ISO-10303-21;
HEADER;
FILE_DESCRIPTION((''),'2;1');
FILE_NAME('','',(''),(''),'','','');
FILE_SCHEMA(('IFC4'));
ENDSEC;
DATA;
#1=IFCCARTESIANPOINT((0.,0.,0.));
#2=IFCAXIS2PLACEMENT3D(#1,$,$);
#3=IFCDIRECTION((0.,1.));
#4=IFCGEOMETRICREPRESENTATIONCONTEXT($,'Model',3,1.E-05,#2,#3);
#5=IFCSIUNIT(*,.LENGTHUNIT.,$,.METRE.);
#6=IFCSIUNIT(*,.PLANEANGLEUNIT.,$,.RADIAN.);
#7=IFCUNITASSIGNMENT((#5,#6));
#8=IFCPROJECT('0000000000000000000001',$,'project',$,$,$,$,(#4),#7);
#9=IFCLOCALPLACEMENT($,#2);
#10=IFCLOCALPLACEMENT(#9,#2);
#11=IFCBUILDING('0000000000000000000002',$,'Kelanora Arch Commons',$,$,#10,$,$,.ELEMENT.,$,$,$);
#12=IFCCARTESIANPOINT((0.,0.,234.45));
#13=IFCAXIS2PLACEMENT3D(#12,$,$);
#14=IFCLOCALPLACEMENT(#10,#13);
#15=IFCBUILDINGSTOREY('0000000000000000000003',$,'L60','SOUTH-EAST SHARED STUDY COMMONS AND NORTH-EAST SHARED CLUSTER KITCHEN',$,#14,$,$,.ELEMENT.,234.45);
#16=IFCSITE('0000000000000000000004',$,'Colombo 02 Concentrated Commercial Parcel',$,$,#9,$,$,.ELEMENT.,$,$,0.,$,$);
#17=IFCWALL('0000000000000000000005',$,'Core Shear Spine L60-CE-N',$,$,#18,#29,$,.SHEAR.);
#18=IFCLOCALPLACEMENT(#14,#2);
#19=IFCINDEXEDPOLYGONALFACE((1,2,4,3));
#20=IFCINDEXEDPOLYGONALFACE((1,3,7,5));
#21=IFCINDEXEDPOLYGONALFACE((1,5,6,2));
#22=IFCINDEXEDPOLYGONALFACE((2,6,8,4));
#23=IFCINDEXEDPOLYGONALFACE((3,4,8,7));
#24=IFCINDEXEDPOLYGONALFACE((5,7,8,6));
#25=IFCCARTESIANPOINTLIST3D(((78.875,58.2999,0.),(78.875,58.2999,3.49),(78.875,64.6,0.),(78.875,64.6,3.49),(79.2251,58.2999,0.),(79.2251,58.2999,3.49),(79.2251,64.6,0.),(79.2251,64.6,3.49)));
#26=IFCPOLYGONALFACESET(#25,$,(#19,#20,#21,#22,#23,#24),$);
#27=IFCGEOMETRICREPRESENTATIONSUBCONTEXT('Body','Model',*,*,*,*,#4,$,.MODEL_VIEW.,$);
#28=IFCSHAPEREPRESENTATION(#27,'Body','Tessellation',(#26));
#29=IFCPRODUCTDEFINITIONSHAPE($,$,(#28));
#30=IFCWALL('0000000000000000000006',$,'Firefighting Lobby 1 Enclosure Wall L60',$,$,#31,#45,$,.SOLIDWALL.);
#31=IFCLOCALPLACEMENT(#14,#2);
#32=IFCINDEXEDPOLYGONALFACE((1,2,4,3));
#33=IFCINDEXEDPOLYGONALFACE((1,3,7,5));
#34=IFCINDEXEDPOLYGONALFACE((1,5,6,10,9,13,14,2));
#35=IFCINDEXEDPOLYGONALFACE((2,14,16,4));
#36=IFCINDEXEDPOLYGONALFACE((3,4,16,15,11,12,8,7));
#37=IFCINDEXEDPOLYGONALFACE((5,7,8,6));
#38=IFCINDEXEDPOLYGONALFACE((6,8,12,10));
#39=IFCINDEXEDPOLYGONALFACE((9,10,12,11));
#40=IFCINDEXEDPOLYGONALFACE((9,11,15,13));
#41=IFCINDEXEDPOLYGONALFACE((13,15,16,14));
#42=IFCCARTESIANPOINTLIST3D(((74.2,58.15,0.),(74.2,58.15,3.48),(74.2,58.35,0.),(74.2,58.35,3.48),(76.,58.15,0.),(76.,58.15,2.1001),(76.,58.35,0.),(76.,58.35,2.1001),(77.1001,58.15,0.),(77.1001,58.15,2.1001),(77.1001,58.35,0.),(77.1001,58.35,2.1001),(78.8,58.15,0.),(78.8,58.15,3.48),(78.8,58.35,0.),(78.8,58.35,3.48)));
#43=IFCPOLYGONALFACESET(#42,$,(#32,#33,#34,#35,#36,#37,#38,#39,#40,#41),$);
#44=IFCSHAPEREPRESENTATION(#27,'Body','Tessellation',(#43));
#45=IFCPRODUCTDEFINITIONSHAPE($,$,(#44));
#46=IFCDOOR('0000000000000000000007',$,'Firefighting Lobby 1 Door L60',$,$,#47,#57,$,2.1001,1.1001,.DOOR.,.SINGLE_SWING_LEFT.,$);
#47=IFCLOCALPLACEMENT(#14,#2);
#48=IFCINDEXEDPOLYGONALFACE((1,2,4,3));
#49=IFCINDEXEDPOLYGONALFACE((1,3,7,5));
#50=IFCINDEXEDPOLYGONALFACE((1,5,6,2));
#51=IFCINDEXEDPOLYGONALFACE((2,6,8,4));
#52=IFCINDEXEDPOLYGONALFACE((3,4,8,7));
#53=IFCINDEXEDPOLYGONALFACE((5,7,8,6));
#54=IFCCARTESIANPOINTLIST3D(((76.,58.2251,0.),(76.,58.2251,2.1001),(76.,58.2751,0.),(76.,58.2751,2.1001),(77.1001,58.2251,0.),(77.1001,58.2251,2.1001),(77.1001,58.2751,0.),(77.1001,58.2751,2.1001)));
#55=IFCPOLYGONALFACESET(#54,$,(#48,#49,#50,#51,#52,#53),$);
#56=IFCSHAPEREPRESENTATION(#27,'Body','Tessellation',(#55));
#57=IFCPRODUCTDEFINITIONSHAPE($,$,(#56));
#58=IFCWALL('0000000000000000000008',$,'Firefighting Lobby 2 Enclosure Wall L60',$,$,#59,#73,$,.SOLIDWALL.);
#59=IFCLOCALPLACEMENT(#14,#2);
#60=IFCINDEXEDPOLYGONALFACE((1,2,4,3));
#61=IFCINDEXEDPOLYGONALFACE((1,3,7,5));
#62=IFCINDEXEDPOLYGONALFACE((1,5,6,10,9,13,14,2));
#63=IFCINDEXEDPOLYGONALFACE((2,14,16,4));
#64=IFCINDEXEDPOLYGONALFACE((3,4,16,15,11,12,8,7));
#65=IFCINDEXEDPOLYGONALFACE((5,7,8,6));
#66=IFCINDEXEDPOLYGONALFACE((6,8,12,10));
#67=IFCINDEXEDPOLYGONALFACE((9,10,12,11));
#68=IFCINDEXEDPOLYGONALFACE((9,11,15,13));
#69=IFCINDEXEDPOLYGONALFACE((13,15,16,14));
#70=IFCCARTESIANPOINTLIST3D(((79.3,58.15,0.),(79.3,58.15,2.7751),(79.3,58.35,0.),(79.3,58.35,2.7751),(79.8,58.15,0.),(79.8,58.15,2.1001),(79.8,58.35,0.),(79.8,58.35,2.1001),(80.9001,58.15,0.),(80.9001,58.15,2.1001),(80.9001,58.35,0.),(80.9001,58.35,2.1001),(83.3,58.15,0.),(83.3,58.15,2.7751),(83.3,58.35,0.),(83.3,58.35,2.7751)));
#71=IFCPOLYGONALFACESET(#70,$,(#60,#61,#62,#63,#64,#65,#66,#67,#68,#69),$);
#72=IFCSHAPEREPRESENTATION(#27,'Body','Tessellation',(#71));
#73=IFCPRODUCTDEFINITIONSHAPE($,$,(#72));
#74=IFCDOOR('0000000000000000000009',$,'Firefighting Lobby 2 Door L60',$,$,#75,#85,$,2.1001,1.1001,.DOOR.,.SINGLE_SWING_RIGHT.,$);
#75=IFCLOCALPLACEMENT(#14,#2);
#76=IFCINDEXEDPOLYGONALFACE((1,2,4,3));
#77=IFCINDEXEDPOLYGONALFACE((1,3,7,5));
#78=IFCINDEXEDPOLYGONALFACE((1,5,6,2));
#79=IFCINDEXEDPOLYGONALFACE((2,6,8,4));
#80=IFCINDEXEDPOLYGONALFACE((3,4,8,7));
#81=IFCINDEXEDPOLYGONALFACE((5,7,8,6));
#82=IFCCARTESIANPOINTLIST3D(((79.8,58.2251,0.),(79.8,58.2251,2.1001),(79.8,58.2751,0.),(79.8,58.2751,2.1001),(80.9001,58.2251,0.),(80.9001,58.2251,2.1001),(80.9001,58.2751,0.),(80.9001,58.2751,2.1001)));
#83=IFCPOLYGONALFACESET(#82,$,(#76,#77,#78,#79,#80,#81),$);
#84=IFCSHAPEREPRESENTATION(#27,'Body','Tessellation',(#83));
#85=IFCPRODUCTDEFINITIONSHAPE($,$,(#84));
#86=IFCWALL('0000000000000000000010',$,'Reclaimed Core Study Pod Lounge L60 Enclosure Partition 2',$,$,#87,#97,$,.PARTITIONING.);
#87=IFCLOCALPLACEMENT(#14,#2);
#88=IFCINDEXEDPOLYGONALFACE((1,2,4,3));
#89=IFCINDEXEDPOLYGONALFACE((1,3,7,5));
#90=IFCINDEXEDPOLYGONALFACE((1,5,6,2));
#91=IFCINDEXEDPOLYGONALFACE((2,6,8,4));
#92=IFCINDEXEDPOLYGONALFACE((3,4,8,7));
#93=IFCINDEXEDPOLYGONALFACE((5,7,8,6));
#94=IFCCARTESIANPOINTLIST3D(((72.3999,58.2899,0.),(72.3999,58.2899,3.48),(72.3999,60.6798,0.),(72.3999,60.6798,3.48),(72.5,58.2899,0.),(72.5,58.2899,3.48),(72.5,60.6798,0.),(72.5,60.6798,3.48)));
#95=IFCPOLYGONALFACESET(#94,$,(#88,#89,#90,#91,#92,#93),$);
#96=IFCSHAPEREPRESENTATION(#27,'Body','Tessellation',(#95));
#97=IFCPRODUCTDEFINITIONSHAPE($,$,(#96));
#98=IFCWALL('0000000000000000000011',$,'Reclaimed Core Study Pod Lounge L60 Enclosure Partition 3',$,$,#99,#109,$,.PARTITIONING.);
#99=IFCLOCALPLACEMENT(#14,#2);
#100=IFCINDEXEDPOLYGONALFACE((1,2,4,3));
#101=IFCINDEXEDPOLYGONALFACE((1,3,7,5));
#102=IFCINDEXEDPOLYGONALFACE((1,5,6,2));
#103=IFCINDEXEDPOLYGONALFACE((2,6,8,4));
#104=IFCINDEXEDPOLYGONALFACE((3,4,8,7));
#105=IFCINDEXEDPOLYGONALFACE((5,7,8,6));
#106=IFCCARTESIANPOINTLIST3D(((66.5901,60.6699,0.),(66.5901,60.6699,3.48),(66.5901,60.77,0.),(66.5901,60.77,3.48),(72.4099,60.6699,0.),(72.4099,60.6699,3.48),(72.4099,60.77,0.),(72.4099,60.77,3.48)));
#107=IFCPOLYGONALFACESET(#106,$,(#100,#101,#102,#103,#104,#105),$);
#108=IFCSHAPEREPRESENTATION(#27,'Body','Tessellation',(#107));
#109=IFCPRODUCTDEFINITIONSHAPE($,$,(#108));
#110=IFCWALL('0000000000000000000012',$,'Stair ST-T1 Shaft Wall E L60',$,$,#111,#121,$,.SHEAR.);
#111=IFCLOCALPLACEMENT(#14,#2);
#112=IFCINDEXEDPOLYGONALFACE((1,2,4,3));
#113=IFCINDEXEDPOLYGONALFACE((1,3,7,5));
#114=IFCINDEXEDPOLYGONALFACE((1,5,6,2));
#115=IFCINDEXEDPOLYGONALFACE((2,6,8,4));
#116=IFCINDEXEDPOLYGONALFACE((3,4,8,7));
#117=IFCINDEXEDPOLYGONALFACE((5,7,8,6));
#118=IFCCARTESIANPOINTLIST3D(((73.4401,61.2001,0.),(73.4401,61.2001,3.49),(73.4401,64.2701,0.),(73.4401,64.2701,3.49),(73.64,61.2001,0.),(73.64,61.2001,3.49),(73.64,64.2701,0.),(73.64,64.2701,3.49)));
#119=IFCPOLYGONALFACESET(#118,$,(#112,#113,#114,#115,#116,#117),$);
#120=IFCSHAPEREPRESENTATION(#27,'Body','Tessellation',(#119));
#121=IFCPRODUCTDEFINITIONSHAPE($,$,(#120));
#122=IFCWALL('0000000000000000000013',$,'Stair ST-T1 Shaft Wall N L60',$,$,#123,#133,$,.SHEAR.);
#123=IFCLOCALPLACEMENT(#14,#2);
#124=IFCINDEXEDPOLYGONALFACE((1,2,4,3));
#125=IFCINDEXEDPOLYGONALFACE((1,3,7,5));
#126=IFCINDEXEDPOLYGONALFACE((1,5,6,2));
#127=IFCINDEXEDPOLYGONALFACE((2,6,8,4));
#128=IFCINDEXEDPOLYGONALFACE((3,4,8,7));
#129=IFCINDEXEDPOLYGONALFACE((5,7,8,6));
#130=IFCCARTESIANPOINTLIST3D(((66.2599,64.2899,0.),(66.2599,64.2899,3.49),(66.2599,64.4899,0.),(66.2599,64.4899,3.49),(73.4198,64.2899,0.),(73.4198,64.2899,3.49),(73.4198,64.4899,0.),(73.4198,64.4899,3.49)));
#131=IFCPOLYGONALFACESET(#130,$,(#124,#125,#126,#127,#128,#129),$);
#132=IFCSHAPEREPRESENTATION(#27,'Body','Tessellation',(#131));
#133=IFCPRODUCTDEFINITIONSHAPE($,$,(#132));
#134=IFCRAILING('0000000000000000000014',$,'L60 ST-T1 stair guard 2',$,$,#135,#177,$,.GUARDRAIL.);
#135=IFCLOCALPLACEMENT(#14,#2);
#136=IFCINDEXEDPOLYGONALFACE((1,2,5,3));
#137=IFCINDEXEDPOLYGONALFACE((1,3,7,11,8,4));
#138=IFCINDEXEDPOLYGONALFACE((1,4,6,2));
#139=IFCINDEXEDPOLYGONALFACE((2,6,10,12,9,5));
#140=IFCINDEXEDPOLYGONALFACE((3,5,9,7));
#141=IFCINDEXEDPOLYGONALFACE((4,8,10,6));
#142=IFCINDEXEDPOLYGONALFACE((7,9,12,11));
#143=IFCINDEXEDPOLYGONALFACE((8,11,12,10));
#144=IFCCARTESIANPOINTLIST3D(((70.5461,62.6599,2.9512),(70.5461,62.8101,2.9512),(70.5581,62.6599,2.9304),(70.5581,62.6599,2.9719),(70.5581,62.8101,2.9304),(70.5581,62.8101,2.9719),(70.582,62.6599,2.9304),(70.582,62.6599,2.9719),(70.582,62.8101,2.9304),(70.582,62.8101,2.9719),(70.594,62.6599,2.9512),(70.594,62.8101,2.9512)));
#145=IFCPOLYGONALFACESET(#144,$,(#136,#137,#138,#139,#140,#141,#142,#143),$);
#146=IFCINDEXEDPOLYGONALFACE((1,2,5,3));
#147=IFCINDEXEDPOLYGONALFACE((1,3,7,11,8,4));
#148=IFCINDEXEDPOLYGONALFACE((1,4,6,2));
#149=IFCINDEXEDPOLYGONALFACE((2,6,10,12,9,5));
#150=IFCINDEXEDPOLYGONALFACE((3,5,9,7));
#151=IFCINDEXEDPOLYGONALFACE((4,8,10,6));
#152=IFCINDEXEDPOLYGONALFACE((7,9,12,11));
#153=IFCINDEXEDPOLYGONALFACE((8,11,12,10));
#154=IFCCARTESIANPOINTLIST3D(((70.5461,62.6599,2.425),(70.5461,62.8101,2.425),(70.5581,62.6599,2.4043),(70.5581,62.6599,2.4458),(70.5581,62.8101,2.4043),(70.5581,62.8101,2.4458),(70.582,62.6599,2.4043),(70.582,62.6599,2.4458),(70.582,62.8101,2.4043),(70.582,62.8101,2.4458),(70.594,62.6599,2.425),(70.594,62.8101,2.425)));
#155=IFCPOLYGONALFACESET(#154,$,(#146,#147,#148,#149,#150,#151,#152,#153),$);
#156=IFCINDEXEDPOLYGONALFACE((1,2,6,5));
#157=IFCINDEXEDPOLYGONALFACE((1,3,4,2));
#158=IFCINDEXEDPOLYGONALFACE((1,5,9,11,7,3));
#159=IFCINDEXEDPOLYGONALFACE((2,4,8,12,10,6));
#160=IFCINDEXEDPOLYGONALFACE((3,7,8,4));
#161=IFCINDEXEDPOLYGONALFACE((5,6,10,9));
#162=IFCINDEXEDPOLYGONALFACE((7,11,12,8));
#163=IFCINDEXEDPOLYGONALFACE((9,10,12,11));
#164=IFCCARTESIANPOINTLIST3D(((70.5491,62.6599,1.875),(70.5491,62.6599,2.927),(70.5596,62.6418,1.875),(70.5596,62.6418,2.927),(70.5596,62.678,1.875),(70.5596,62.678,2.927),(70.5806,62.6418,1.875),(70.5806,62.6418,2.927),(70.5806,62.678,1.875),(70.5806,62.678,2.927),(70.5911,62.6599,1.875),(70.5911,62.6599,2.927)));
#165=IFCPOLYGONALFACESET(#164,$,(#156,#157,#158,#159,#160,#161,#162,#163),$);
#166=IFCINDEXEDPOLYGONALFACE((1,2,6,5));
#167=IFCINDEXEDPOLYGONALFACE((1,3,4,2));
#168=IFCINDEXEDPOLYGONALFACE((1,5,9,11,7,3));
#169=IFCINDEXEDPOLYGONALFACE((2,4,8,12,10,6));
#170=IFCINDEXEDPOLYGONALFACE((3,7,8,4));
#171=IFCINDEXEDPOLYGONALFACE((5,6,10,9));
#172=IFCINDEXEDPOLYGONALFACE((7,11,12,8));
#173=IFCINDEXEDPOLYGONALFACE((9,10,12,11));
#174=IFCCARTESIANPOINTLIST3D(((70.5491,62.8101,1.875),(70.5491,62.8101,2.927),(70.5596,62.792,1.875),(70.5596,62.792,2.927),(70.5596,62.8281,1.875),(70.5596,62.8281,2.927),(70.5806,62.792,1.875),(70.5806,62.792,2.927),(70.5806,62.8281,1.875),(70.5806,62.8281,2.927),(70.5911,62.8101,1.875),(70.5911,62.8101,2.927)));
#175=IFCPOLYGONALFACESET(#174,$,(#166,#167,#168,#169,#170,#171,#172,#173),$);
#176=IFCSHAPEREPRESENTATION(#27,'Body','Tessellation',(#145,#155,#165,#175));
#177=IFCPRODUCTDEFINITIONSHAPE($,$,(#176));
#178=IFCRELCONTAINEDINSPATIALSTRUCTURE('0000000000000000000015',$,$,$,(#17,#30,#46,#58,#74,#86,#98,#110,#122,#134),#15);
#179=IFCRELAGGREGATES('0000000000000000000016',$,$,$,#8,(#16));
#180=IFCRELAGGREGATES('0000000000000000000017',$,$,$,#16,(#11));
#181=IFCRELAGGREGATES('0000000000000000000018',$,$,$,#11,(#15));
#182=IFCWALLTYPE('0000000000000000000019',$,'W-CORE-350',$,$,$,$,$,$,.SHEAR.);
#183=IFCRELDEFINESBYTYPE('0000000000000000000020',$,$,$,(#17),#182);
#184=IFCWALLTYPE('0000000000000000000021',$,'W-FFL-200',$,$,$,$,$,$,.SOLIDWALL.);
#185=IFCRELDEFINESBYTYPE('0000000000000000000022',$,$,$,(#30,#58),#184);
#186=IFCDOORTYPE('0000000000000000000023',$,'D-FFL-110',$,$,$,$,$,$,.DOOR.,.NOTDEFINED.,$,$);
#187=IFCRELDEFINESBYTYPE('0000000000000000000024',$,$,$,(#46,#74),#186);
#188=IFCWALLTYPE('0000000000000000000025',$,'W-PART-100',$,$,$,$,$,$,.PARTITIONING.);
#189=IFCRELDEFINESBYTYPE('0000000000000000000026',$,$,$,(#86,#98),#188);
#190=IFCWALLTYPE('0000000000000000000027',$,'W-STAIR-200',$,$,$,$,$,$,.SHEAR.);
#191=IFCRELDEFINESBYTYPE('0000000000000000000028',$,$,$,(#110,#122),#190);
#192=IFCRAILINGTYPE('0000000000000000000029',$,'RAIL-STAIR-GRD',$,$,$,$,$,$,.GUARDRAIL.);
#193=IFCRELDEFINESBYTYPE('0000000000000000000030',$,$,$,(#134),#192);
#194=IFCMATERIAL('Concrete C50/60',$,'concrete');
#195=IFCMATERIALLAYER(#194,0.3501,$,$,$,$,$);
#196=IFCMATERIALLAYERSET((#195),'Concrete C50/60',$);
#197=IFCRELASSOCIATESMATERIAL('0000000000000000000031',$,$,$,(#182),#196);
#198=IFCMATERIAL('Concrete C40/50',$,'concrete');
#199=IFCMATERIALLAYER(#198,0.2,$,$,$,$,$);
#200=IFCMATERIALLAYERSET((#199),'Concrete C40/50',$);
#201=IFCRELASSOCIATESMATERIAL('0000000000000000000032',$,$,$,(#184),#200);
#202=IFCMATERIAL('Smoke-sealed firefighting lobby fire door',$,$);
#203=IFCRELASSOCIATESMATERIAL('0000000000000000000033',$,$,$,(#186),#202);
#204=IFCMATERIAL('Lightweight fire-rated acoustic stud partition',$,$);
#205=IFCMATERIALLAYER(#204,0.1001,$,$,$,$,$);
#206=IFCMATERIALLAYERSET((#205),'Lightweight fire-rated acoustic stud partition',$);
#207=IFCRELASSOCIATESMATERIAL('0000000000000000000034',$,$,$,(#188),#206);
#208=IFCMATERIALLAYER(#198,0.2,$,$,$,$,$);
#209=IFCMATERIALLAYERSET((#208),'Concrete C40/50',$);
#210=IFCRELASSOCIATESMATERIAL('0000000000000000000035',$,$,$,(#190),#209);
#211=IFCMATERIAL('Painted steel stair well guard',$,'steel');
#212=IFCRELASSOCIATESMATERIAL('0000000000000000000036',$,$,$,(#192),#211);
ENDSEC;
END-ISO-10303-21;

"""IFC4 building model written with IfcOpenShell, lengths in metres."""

from ifc_helpers import new_model, si_unit, direction, frame, frame_2d, origin, place, context, subcontext, project, spatial, polyline, rectangle, outline, extrude, material, layer, layer_set, type_object, element, fill, save


model = new_model("IFC4")

# Units and contexts
model_context = context("Model", 3, precision=1e-05, world=origin(), true_north=direction((0.0, 1.0)))
body_context = subcontext(model_context, "Body", "Model", "MODEL_VIEW")
ifc_project = project(units=[si_unit("LENGTHUNIT", "METRE"), si_unit("PLANEANGLEUNIT", "RADIAN")], contexts=[model_context])

# Site, building, storey
site_placement = place(None, origin())
site = spatial("IfcSite", under=ifc_project, at=site_placement, Name="Colombo 02 Concentrated Commercial Parcel", CompositionType="ELEMENT", RefElevation=0.0)
building_placement = place(site_placement, origin())
building = spatial("IfcBuilding", under=site, at=building_placement, Name="Kelanora Arch Commons", CompositionType="ELEMENT")
storey_placement = place(building_placement, frame((0.0, 0.0, 234.45)))
storey = spatial("IfcBuildingStorey", under=building, at=storey_placement, Name="L60", Description="SOUTH-EAST SHARED STUDY COMMONS AND NORTH-EAST SHARED CLUSTER KITCHEN", CompositionType="ELEMENT", Elevation=234.45)

# Shared definitions
ifc_material_1 = material(Name="Concrete C50/60", Category="concrete")

# Wall
ifc_layer_1 = layer(ifc_material_1, 0.3501)
ifc_layer_set_1 = layer_set([ifc_layer_1], Name="Concrete C50/60")
wall_type_1 = type_object("IfcWallType", Name="W-CORE-350", PredefinedType="SHEAR", material=ifc_layer_set_1)
wall_1_placement = place(storey_placement, frame((79.05, 58.3, 0.0), z_axis=(0.0, 0.0, 1.0), x_axis=(0.0, 1.0, 0.0)))
element("IfcWall", 1, at=wall_1_placement, inside=storey, type_object=wall_type_1, Name="Core Shear Spine L60-CE-N", PredefinedType="SHEAR", context=body_context, shape_type="SweptSolid", body=[
    extrude(rectangle(XDim=6.3, YDim=0.3501, at=frame_2d((3.1499, 0.0))), origin(), (0.0, 0.0, 1.0), 3.49),
])

# Walls, openings, doors
ifc_material_2 = material(Name="Concrete C40/50", Category="concrete")
ifc_layer_2 = layer(ifc_material_2, 0.2)
ifc_layer_set_2 = layer_set([ifc_layer_2], Name="Concrete C40/50")
wall_type_2 = type_object("IfcWallType", Name="W-FFL-200", PredefinedType="SOLIDWALL", material=ifc_layer_set_2)
wall_2_placement = place(storey_placement, frame((74.2, 58.25, 0.0), z_axis=(0.0, 0.0, 1.0), x_axis=(1.0, 0.0, 0.0)))
wall_2 = element("IfcWall", 2, at=wall_2_placement, inside=storey, type_object=wall_type_2, Name="Firefighting Lobby 1 Enclosure Wall L60", PredefinedType="SOLIDWALL", context=body_context, shape_type="SweptSolid", body=[
    extrude(rectangle(XDim=4.6001, YDim=0.2, at=frame_2d((2.3, 0.0))), origin(), (0.0, 0.0, 1.0), 3.48),
])
opening_1_placement = place(wall_2_placement, frame((1.8, 0.0, 0.0)))
opening_1 = element("IfcOpeningElement", 3, at=opening_1_placement, cuts=wall_2, PredefinedType="OPENING", context=body_context, shape_type="SweptSolid", body=[
    extrude(rectangle(XDim=1.1001, YDim=2.1001, at=frame_2d((0.55, 1.05))), frame((0.0, 0.1099, 0.0), z_axis=(0.0, -1.0, 0.0), x_axis=(1.0, 0.0, 0.0)), (0.0, 0.0, 1.0), 0.22),
])
ifc_material_3 = material(Name="Smoke-sealed firefighting lobby fire door")
door_type_1 = type_object("IfcDoorType", Name="D-FFL-110", OperationType="NOTDEFINED", PredefinedType="DOOR", material=ifc_material_3)
door_1_placement = place(opening_1_placement, frame((1.1001, 0.0, 0.0), z_axis=(0.0, 0.0, 1.0), x_axis=(-1.0, 0.0, 0.0)))
door_1 = element("IfcDoor", 4, at=door_1_placement, inside=storey, type_object=door_type_1, Name="Firefighting Lobby 1 Door L60", OperationType="SINGLE_SWING_LEFT", OverallHeight=2.1001, OverallWidth=1.1001, PredefinedType="DOOR", context=body_context, shape_type="SweptSolid", body=[
    extrude(rectangle(XDim=1.1001, YDim=2.1001, at=frame_2d((0.55, 1.05))), frame((0.0, 0.0249, 0.0), z_axis=(0.0, -1.0, 0.0), x_axis=(1.0, 0.0, 0.0)), (0.0, 0.0, 1.0), 0.05),
])
fill(opening_1, door_1)
wall_3_placement = place(storey_placement, frame((79.3, 58.25, 0.0), z_axis=(0.0, 0.0, 1.0), x_axis=(1.0, 0.0, 0.0)))
wall_3 = element("IfcWall", 5, at=wall_3_placement, inside=storey, type_object=wall_type_2, Name="Firefighting Lobby 2 Enclosure Wall L60", PredefinedType="SOLIDWALL", context=body_context, shape_type="SweptSolid", body=[
    extrude(rectangle(XDim=4.0, YDim=0.2, at=frame_2d((2.0, 0.0))), origin(), (0.0, 0.0, 1.0), 2.7751),
])
opening_2_placement = place(wall_3_placement, frame((0.5, 0.0, 0.0)))
opening_2 = element("IfcOpeningElement", 6, at=opening_2_placement, cuts=wall_3, PredefinedType="OPENING", context=body_context, shape_type="SweptSolid", body=[
    extrude(rectangle(XDim=1.1001, YDim=2.1001, at=frame_2d((0.55, 1.05))), frame((0.0, 0.1099, 0.0), z_axis=(0.0, -1.0, 0.0), x_axis=(1.0, 0.0, 0.0)), (0.0, 0.0, 1.0), 0.22),
])
door_2_placement = place(opening_2_placement, frame((1.1001, 0.0, 0.0), z_axis=(0.0, 0.0, 1.0), x_axis=(-1.0, 0.0, 0.0)))
door_2 = element("IfcDoor", 7, at=door_2_placement, inside=storey, type_object=door_type_1, Name="Firefighting Lobby 2 Door L60", OperationType="SINGLE_SWING_RIGHT", OverallHeight=2.1001, OverallWidth=1.1001, PredefinedType="DOOR", context=body_context, shape_type="SweptSolid", body=[
    extrude(rectangle(XDim=1.1001, YDim=2.1001, at=frame_2d((0.55, 1.05))), frame((0.0, 0.0249, 0.0), z_axis=(0.0, -1.0, 0.0), x_axis=(1.0, 0.0, 0.0)), (0.0, 0.0, 1.0), 0.05),
])
fill(opening_2, door_2)

# Walls
ifc_material_4 = material(Name="Lightweight fire-rated acoustic stud partition")
ifc_layer_3 = layer(ifc_material_4, 0.1001)
ifc_layer_set_3 = layer_set([ifc_layer_3], Name="Lightweight fire-rated acoustic stud partition")
wall_type_3 = type_object("IfcWallType", Name="W-PART-100", PredefinedType="PARTITIONING", material=ifc_layer_set_3)
wall_4_placement = place(storey_placement, frame((72.45, 58.29, 0.0), z_axis=(0.0, 0.0, 1.0), x_axis=(0.0, 1.0, 0.0)))
element("IfcWall", 8, at=wall_4_placement, inside=storey, type_object=wall_type_3, Name="Reclaimed Core Study Pod Lounge L60 Enclosure Partition 2", PredefinedType="PARTITIONING", context=body_context, shape_type="SweptSolid", body=[
    extrude(rectangle(XDim=2.3899, YDim=0.1001, at=frame_2d((1.1948, 0.0))), origin(), (0.0, 0.0, 1.0), 3.48),
])
wall_5_placement = place(storey_placement, frame((72.4099, 60.72, 0.0), z_axis=(0.0, 0.0, 1.0), x_axis=(-1.0, 0.0, 0.0)))
element("IfcWall", 9, at=wall_5_placement, inside=storey, type_object=wall_type_3, Name="Reclaimed Core Study Pod Lounge L60 Enclosure Partition 3", PredefinedType="PARTITIONING", context=body_context, shape_type="SweptSolid", body=[
    extrude(rectangle(XDim=5.8198, YDim=0.1001, at=frame_2d((2.9099, 0.0))), origin(), (0.0, 0.0, 1.0), 3.48),
])
ifc_layer_4 = layer(ifc_material_2, 0.2)
ifc_layer_set_4 = layer_set([ifc_layer_4], Name="Concrete C40/50")
wall_type_4 = type_object("IfcWallType", Name="W-STAIR-200", PredefinedType="SHEAR", material=ifc_layer_set_4)
wall_6_placement = place(storey_placement, frame((73.54, 61.2, 0.0), z_axis=(0.0, 0.0, 1.0), x_axis=(0.0, 1.0, 0.0)))
element("IfcWall", 10, at=wall_6_placement, inside=storey, type_object=wall_type_4, Name="Stair ST-T1 Shaft Wall E L60", PredefinedType="SHEAR", context=body_context, shape_type="SweptSolid", body=[
    extrude(rectangle(XDim=3.0701, YDim=0.2, at=frame_2d((1.5352, 0.0))), origin(), (0.0, 0.0, 1.0), 3.49),
])
wall_7_placement = place(storey_placement, frame((73.4199, 64.3899, 0.0), z_axis=(0.0, 0.0, 1.0), x_axis=(-1.0, 0.0, 0.0)))
element("IfcWall", 11, at=wall_7_placement, inside=storey, type_object=wall_type_4, Name="Stair ST-T1 Shaft Wall N L60", PredefinedType="SHEAR", context=body_context, shape_type="SweptSolid", body=[
    extrude(rectangle(XDim=7.1599, YDim=0.2, at=frame_2d((3.5801, 0.0))), origin(), (0.0, 0.0, 1.0), 3.49),
])

# Railing
ifc_material_5 = material(Name="Painted steel stair well guard", Category="steel")
railing_type_1 = type_object("IfcRailingType", Name="RAIL-STAIR-GRD", PredefinedType="GUARDRAIL", material=ifc_material_5)
railing_1_placement = place(storey_placement, frame((70.5701, 62.6599, 1.875)))
element("IfcRailing", 12, at=railing_1_placement, inside=storey, type_object=railing_type_1, Name="L60 ST-T1 stair guard 2", PredefinedType="GUARDRAIL", context=body_context, shape_type="SweptSolid", body=[
    extrude(outline(polyline([(0.0239, 0.0), (0.012, 0.0208), (-0.012, 0.0208), (-0.0239, 0.0), (-0.012, -0.0208), (0.012, -0.0208), (0.0239, 0.0)])), frame((0.0, 0.0, 1.0762), z_axis=(0.0, 1.0, 0.0), x_axis=(-1.0, 0.0, 0.0)), (0.0, 0.0, 1.0), 0.1501),
    extrude(outline(polyline([(0.0239, 0.0), (0.012, 0.0208), (-0.012, 0.0208), (-0.0239, 0.0), (-0.012, -0.0208), (0.012, -0.0208), (0.0239, 0.0)])), frame((0.0, 0.0, 0.55), z_axis=(0.0, 1.0, 0.0), x_axis=(-1.0, 0.0, 0.0)), (0.0, 0.0, 1.0), 0.1501),
    extrude(outline(polyline([(0.021, 0.0), (0.0105, 0.0181), (-0.0105, 0.0181), (-0.021, 0.0), (-0.0105, -0.0181), (0.0105, -0.0181), (0.021, 0.0)])), origin(), (0.0, 0.0, 1.0), 1.052),
    extrude(outline(polyline([(0.021, 0.0), (0.0105, 0.0181), (-0.0105, 0.0181), (-0.021, 0.0), (-0.0105, -0.0181), (0.0105, -0.0181), (0.021, 0.0)])), frame((0.0, 0.1501, 0.0)), (0.0, 0.0, 1.0), 1.052),
])

save(model, "model.ifc")
